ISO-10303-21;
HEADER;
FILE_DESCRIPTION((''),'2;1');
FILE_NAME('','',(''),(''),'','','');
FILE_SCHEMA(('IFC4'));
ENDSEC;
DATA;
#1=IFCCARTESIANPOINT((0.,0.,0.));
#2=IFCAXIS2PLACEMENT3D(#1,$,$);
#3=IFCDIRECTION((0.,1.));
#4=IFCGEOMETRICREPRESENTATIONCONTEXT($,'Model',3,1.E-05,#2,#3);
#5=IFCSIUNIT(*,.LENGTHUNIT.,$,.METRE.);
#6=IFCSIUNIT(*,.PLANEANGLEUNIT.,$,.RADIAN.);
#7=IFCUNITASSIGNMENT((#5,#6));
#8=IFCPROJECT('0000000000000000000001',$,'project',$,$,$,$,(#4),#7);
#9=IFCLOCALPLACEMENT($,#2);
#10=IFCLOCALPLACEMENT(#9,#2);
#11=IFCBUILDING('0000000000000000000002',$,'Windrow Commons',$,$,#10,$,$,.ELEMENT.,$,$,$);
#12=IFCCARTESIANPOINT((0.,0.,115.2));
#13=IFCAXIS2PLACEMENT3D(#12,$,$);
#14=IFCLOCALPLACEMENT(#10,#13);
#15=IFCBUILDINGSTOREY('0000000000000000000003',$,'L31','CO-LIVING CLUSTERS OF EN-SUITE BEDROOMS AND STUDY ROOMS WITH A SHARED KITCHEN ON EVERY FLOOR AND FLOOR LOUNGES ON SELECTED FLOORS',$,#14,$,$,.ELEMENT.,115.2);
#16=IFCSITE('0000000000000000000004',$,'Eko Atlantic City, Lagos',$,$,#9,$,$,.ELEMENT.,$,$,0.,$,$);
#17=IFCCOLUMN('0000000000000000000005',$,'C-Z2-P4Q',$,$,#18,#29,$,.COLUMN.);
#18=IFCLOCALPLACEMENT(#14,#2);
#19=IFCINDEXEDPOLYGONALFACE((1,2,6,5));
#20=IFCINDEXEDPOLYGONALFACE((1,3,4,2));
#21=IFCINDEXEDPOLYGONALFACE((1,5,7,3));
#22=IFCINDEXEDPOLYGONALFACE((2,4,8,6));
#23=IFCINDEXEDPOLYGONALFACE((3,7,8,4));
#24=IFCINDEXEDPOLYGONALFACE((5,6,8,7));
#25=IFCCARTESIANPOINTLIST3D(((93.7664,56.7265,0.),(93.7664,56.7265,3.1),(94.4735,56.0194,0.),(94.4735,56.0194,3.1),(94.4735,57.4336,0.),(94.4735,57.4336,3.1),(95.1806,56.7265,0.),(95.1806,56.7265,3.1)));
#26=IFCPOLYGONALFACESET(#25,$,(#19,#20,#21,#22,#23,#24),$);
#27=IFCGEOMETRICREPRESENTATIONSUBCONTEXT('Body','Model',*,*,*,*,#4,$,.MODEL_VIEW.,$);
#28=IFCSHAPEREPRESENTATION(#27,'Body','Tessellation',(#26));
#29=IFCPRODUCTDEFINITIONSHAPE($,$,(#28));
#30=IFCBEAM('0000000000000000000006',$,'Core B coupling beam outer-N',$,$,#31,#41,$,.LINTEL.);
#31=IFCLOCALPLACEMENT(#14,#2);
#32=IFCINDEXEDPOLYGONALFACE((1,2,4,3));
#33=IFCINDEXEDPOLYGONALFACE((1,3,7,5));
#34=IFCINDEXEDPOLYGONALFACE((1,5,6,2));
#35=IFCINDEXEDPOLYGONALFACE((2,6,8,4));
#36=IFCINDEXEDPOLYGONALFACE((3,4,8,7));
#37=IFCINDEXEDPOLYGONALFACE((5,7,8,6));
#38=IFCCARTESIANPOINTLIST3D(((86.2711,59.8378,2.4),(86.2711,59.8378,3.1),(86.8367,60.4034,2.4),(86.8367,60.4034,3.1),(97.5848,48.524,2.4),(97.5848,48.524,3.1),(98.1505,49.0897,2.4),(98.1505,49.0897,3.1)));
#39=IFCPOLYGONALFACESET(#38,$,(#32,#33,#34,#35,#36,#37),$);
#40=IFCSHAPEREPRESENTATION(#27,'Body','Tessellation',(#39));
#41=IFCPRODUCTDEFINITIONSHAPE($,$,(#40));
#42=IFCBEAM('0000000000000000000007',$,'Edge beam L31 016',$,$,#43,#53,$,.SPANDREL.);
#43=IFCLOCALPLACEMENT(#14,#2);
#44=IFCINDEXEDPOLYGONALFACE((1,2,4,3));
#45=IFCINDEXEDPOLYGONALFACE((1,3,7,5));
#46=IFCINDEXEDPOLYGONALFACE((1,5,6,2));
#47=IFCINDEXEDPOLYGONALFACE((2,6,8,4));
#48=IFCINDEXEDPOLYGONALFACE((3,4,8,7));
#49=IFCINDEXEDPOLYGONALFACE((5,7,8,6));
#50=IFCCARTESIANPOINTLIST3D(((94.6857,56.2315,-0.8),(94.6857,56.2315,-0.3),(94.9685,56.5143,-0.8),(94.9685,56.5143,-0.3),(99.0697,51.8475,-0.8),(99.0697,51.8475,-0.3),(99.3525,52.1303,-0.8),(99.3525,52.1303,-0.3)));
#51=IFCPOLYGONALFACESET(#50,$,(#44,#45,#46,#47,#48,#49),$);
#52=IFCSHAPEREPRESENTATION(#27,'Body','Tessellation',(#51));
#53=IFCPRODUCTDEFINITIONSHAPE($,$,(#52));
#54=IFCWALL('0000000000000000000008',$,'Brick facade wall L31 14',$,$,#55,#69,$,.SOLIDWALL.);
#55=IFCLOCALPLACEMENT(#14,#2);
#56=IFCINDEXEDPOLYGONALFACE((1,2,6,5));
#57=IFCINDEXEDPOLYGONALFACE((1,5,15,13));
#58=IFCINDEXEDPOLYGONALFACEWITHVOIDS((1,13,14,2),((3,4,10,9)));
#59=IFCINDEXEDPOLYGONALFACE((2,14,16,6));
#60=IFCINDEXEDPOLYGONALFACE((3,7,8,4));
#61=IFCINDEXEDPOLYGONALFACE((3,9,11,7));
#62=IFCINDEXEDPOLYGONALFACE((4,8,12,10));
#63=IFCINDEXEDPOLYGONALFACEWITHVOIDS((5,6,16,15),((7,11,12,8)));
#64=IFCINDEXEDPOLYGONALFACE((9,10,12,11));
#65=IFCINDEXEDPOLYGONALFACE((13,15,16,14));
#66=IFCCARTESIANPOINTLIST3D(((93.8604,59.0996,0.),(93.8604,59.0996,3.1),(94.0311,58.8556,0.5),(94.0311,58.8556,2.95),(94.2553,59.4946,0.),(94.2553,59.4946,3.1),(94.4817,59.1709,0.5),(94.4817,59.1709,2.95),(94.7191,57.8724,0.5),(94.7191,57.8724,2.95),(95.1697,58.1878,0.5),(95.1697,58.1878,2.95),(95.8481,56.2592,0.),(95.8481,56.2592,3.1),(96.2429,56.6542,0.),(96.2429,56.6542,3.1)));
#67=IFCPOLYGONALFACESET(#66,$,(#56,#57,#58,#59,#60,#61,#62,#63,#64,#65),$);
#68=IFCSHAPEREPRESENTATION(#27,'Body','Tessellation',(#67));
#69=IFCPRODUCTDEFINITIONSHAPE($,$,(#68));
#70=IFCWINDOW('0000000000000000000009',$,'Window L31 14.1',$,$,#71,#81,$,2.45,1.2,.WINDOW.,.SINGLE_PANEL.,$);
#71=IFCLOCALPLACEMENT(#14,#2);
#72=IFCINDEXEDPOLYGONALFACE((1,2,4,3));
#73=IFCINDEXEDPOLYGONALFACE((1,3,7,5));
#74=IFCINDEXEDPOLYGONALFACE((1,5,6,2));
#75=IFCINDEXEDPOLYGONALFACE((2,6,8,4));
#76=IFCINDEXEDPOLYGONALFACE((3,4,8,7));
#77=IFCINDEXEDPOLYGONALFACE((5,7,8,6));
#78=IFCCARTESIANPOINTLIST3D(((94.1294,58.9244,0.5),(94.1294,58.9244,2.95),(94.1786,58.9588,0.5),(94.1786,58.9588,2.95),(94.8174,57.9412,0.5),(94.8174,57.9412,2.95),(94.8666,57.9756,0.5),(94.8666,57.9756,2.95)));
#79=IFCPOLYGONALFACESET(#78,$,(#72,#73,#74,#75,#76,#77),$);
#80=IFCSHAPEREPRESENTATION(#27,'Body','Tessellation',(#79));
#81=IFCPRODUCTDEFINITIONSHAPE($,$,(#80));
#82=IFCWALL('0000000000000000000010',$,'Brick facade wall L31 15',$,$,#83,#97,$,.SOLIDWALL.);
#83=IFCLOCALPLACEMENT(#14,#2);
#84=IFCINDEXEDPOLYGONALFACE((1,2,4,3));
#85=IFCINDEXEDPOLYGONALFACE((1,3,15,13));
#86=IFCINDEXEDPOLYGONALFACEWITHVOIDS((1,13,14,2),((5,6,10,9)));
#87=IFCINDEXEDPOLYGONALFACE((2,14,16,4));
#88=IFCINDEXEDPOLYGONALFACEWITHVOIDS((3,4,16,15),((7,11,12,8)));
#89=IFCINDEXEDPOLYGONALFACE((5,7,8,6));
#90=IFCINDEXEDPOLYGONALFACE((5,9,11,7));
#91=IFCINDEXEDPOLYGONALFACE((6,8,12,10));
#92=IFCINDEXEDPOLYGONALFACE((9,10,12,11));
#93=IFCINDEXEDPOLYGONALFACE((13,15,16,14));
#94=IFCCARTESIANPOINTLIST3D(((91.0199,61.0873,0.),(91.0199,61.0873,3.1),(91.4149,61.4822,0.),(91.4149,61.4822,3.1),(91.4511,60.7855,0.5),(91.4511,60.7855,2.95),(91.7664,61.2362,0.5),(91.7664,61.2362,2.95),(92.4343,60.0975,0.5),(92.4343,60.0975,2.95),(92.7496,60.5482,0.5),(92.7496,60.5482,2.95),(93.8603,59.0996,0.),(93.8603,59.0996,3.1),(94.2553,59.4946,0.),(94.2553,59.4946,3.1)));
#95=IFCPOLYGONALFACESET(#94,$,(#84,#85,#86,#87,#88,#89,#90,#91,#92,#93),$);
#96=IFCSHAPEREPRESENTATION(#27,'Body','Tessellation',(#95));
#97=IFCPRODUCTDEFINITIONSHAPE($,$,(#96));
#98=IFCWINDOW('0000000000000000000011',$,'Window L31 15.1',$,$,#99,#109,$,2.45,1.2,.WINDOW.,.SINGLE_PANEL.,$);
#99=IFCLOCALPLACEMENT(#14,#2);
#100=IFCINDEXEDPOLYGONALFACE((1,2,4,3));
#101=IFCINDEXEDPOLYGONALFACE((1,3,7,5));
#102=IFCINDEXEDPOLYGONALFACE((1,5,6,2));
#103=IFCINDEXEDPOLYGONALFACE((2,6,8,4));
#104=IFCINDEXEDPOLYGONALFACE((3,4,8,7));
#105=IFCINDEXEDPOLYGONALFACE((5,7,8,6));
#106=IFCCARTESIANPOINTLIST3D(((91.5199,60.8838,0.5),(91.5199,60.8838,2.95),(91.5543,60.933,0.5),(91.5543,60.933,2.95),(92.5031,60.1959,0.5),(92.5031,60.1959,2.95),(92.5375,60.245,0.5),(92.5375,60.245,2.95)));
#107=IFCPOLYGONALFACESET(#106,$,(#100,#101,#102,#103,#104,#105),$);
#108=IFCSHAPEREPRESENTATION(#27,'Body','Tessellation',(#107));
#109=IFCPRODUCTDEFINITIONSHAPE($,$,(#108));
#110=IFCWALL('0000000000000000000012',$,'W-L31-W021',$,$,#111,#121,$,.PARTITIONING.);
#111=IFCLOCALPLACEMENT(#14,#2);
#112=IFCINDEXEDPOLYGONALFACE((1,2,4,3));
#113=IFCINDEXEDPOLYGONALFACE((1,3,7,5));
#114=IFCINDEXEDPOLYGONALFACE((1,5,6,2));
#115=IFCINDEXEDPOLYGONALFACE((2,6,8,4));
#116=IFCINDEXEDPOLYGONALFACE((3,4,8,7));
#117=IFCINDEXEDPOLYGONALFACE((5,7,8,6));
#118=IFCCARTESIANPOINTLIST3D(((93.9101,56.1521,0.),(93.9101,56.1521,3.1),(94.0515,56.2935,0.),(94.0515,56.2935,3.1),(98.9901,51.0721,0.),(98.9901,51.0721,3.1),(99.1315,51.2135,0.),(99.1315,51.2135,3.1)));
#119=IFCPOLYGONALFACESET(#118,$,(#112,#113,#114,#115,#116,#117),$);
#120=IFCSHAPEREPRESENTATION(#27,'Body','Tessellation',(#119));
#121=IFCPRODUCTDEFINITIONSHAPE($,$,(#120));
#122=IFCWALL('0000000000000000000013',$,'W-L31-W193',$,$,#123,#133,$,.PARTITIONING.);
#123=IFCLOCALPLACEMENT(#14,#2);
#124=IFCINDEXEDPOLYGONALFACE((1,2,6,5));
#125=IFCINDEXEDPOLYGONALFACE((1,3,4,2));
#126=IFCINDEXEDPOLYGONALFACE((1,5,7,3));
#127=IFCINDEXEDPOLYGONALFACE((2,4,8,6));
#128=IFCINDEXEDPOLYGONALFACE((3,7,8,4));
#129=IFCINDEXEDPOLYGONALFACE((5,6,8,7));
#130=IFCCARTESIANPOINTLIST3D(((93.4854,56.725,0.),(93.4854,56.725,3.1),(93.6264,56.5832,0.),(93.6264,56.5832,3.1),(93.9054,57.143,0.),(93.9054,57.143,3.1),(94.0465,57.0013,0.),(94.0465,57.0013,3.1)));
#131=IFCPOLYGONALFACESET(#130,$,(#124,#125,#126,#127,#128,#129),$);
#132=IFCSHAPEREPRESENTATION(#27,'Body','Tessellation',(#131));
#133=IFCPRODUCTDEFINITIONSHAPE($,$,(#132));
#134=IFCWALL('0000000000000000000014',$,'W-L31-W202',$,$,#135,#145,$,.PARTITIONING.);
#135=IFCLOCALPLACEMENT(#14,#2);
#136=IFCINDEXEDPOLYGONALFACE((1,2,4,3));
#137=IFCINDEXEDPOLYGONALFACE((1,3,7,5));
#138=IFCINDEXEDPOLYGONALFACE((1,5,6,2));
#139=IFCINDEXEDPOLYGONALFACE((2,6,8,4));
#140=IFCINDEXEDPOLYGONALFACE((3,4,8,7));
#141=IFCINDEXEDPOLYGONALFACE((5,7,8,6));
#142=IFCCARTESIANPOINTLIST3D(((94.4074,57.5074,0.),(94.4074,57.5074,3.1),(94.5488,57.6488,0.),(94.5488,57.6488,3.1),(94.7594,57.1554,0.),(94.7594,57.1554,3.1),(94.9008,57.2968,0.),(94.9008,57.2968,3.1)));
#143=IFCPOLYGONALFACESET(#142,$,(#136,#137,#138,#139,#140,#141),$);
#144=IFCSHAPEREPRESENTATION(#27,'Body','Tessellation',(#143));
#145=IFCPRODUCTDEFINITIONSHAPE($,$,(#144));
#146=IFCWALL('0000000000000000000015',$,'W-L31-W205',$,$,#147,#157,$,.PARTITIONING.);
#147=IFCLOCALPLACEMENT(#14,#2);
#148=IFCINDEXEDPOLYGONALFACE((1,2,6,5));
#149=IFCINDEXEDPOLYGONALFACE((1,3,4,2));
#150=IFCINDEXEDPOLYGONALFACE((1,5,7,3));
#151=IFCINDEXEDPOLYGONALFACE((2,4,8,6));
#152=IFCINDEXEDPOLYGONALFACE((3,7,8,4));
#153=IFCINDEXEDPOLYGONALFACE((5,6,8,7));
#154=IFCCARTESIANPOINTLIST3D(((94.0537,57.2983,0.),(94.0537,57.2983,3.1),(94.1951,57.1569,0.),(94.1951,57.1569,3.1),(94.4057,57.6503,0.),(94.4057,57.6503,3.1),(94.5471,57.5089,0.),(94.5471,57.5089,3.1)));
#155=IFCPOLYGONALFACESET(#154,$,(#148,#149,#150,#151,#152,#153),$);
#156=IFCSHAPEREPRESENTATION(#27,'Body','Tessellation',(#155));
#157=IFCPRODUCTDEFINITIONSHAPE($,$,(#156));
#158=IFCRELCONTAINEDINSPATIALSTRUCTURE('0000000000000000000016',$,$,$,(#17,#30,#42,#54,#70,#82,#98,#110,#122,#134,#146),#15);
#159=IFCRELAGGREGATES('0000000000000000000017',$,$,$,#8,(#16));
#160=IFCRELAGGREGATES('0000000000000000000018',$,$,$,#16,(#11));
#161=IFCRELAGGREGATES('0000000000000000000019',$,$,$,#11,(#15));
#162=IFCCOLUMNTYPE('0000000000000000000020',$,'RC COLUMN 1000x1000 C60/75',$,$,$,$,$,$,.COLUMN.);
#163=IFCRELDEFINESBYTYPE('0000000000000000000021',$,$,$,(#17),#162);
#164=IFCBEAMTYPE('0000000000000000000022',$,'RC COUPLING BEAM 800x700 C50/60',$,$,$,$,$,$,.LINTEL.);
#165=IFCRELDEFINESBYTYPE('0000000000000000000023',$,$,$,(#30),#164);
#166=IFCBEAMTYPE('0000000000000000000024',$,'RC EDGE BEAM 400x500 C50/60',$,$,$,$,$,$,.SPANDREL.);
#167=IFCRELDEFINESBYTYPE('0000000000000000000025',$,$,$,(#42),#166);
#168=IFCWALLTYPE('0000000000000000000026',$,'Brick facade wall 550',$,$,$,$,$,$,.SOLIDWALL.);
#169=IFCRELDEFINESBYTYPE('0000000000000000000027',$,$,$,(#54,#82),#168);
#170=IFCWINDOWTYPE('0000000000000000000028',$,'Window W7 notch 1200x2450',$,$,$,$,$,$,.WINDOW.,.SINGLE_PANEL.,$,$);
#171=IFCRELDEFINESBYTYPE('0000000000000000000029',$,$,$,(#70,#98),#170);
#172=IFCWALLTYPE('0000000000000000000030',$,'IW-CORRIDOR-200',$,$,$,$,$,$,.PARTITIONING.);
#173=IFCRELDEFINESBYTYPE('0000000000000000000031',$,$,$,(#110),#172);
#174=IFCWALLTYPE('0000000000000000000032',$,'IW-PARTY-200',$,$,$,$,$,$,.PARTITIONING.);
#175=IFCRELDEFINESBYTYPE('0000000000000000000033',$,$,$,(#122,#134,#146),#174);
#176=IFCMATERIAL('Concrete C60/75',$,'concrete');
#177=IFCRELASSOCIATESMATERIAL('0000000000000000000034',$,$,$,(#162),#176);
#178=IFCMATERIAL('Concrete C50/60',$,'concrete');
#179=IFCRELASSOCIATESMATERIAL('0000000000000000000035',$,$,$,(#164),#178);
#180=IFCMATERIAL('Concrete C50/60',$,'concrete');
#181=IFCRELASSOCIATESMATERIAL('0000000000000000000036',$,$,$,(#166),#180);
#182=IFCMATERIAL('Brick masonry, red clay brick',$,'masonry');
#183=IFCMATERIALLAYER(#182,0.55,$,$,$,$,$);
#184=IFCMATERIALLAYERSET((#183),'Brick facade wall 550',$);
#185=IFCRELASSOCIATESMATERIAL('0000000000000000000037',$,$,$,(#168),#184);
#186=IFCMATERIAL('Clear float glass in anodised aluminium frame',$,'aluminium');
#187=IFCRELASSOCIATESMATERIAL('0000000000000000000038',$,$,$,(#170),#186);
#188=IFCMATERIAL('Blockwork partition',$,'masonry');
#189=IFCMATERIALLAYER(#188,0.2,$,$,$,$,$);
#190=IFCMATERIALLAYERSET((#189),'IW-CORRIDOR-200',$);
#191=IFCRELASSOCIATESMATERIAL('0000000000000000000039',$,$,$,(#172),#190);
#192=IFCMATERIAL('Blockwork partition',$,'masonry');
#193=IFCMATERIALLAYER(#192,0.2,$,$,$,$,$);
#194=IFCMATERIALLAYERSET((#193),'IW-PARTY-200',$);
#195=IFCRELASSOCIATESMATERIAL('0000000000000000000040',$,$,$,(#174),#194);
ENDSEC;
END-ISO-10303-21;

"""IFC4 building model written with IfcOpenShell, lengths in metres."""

from ifc_helpers import new_model, si_unit, direction, frame, frame_2d, origin, origin_2d, place, context, subcontext, project, spatial, polyline, rectangle, outline, extrude, material, layer, layer_set, material_profile, profile_set, type_object, element, fill, save


model = new_model("IFC4")

# Units and contexts
model_context = context("Model", 3, precision=1e-05, world=origin(), true_north=direction((0.0, 1.0)))
body_context = subcontext(model_context, "Body", "Model", "MODEL_VIEW")
ifc_project = project(units=[si_unit("LENGTHUNIT", "METRE"), si_unit("PLANEANGLEUNIT", "RADIAN")], contexts=[model_context])

# Site, building, storey
site_placement = place(None, origin())
site = spatial("IfcSite", under=ifc_project, at=site_placement, Name="Eko Atlantic City, Lagos", CompositionType="ELEMENT", RefElevation=0.0)
building_placement = place(site_placement, origin())
building = spatial("IfcBuilding", under=site, at=building_placement, Name="Windrow Commons", CompositionType="ELEMENT")
storey_placement = place(building_placement, frame((0.0, 0.0, 115.2)))
storey = spatial("IfcBuildingStorey", under=building, at=storey_placement, Name="L31", Description="CO-LIVING CLUSTERS OF EN-SUITE BEDROOMS AND STUDY ROOMS WITH A SHARED KITCHEN ON EVERY FLOOR AND FLOOR LOUNGES ON SELECTED FLOORS", CompositionType="ELEMENT", Elevation=115.2)

# Column
ifc_material_1 = material(Name="Concrete C60/75", Category="concrete")
ifc_material_profile_1 = material_profile(ifc_material_1, rectangle(XDim=1.0, YDim=1.0, at=origin_2d()))
ifc_profile_set_1 = profile_set([ifc_material_profile_1], Name="Concrete C60/75")
column_type = type_object("IfcColumnType", Name="RC COLUMN 1000x1000 C60/75", PredefinedType="COLUMN", material=ifc_profile_set_1)
column_placement = place(storey_placement, frame((94.4735, 56.7265, 0.0), z_axis=(0.0, 0.0, 1.0), x_axis=(0.707107, -0.707107, 0.0)))
element("IfcColumn", 1, at=column_placement, inside=storey, type_object=column_type, Name="C-Z2-P4Q", PredefinedType="COLUMN", context=body_context, shape_type="SweptSolid", body=[
    extrude(rectangle(XDim=1.0, YDim=1.0, at=origin_2d()), origin(), (0.0, 0.0, 1.0), 3.1),
])

# Beams
ifc_material_2 = material(Name="Concrete C50/60", Category="concrete")
ifc_material_profile_2 = material_profile(ifc_material_2, rectangle(XDim=0.8, YDim=0.7, at=origin_2d()))
ifc_profile_set_2 = profile_set([ifc_material_profile_2], Name="Concrete C50/60")
beam_type_1 = type_object("IfcBeamType", Name="RC COUPLING BEAM 800x700 C50/60", PredefinedType="LINTEL", material=ifc_profile_set_2)
beam_1_placement = place(storey_placement, frame((86.5539, 60.1206, 2.75), z_axis=(0.707107, -0.707107, 0.0), x_axis=(0.707107, 0.707107, 0.0)))
element("IfcBeam", 2, at=beam_1_placement, inside=storey, type_object=beam_type_1, Name="Core B coupling beam outer-N", PredefinedType="LINTEL", context=body_context, shape_type="SweptSolid", body=[
    extrude(rectangle(XDim=0.8, YDim=0.7, at=origin_2d()), origin(), (0.0, 0.0, 1.0), 16.0),
])
ifc_material_3 = material(Name="Concrete C50/60", Category="concrete")
ifc_material_profile_3 = material_profile(ifc_material_3, rectangle(XDim=0.4, YDim=0.5, at=origin_2d()))
ifc_profile_set_3 = profile_set([ifc_material_profile_3], Name="Concrete C50/60")
beam_type_2 = type_object("IfcBeamType", Name="RC EDGE BEAM 400x500 C50/60", PredefinedType="SPANDREL", material=ifc_profile_set_3)
beam_2_placement = place(storey_placement, frame((94.8271, 56.3729, -0.55), z_axis=(0.707107, -0.707107, 0.0), x_axis=(0.707107, 0.707107, 0.0)))
element("IfcBeam", 3, at=beam_2_placement, inside=storey, type_object=beam_type_2, Name="Edge beam L31 016", PredefinedType="SPANDREL", context=body_context, shape_type="SweptSolid", body=[
    extrude(rectangle(XDim=0.4, YDim=0.5, at=origin_2d()), origin(), (0.0, 0.0, 1.0), 6.1999),
])

# Walls, openings, windows
ifc_material_4 = material(Name="Brick masonry, red clay brick", Category="masonry")
ifc_layer_1 = layer(ifc_material_4, 0.55)
ifc_layer_set_1 = layer_set([ifc_layer_1], Name="Brick facade wall 550")
wall_type_1 = type_object("IfcWallType", Name="Brick facade wall 550", PredefinedType="SOLIDWALL", material=ifc_layer_set_1)
wall_1_placement = place(storey_placement, frame((96.0455, 56.4567, 0.0), z_axis=(0.0, 0.0, 1.0), x_axis=(-0.57335, 0.819311, 0.0)))
wall_1 = element("IfcWall", 4, at=wall_1_placement, inside=storey, type_object=wall_type_1, Name="Brick facade wall L31 14", PredefinedType="SOLIDWALL", context=body_context, shape_type="SweptSolid", body=[
    extrude(outline(polyline([(0.0486, -0.275), (3.5154, -0.275), (3.4182, 0.275), (-0.0486, 0.275), (0.0486, -0.275)])), origin(), (0.0, 0.0, 1.0), 3.1),
])
opening_1_placement = place(wall_1_placement, frame((1.9204, 0.0, 0.5)))
opening_1 = element("IfcOpeningElement", 5, at=opening_1_placement, cuts=wall_1, PredefinedType="OPENING", context=body_context, shape_type="SweptSolid", body=[
    extrude(rectangle(XDim=1.2, YDim=2.45, at=frame_2d((0.6, 1.225))), frame((0.0, 0.285, 0.0), z_axis=(0.0, -1.0, 0.0), x_axis=(1.0, 0.0, 0.0)), (0.0, 0.0, 1.0), 0.57),
])
ifc_material_5 = material(Name="Clear float glass in anodised aluminium frame", Category="aluminium")
window_type = type_object("IfcWindowType", Name="Window W7 notch 1200x2450", PartitioningType="SINGLE_PANEL", PredefinedType="WINDOW", material=ifc_material_5)
window_1_placement = place(opening_1_placement, origin())
window_1 = element("IfcWindow", 6, at=window_1_placement, inside=storey, type_object=window_type, Name="Window L31 14.1", OverallHeight=2.45, OverallWidth=1.2, PartitioningType="SINGLE_PANEL", PredefinedType="WINDOW", context=body_context, shape_type="SweptSolid", body=[
    extrude(rectangle(XDim=1.2, YDim=2.45, at=frame_2d((0.6, 1.225))), frame((0.0, 0.155, 0.0), z_axis=(0.0, -1.0, 0.0), x_axis=(1.0, 0.0, 0.0)), (0.0, 0.0, 1.0), 0.06),
])
fill(opening_1, window_1)
wall_2_placement = place(storey_placement, frame((94.0578, 59.2971, 0.0), z_axis=(0.0, 0.0, 1.0), x_axis=(-0.819324, 0.573331, 0.0)))
wall_2 = element("IfcWall", 7, at=wall_2_placement, inside=storey, type_object=wall_type_1, Name="Brick facade wall L31 15", PredefinedType="SOLIDWALL", context=body_context, shape_type="SweptSolid", body=[
    extrude(outline(polyline([(-0.0486, -0.275), (3.4182, -0.275), (3.5154, 0.275), (0.0486, 0.275), (-0.0486, -0.275)])), origin(), (0.0, 0.0, 1.0), 3.1),
])
opening_2_placement = place(wall_2_placement, frame((1.7891, 0.0, 0.5)))
opening_2 = element("IfcOpeningElement", 8, at=opening_2_placement, cuts=wall_2, PredefinedType="OPENING", context=body_context, shape_type="SweptSolid", body=[
    extrude(rectangle(XDim=1.2, YDim=2.45, at=frame_2d((0.6, 1.225))), frame((0.0, 0.285, 0.0), z_axis=(0.0, -1.0, 0.0), x_axis=(1.0, 0.0, 0.0)), (0.0, 0.0, 1.0), 0.57),
])
window_2_placement = place(opening_2_placement, origin())
window_2 = element("IfcWindow", 9, at=window_2_placement, inside=storey, type_object=window_type, Name="Window L31 15.1", OverallHeight=2.45, OverallWidth=1.2, PartitioningType="SINGLE_PANEL", PredefinedType="WINDOW", context=body_context, shape_type="SweptSolid", body=[
    extrude(rectangle(XDim=1.2, YDim=2.45, at=frame_2d((0.6, 1.225))), frame((0.0, 0.155, 0.0), z_axis=(0.0, -1.0, 0.0), x_axis=(1.0, 0.0, 0.0)), (0.0, 0.0, 1.0), 0.06),
])
fill(opening_2, window_2)

# Walls
ifc_material_6 = material(Name="Blockwork partition", Category="masonry")
ifc_layer_2 = layer(ifc_material_6, 0.2)
ifc_layer_set_2 = layer_set([ifc_layer_2], Name="IW-CORRIDOR-200")
wall_type_2 = type_object("IfcWallType", Name="IW-CORRIDOR-200", PredefinedType="PARTITIONING", material=ifc_layer_set_2)
wall_3_placement = place(storey_placement, frame((93.9808, 56.2228, 0.0), z_axis=(0.0, 0.0, 1.0), x_axis=(0.707107, -0.707107, 0.0)))
element("IfcWall", 10, at=wall_3_placement, inside=storey, type_object=wall_type_2, Name="W-L31-W021", PredefinedType="PARTITIONING", context=body_context, shape_type="SweptSolid", body=[
    extrude(rectangle(XDim=7.1842, YDim=0.2, at=frame_2d((3.5921, 0.0))), origin(), (0.0, 0.0, 1.0), 3.1),
])
ifc_material_7 = material(Name="Blockwork partition", Category="masonry")
ifc_layer_3 = layer(ifc_material_7, 0.2)
ifc_layer_set_3 = layer_set([ifc_layer_3], Name="IW-PARTY-200")
wall_type_3 = type_object("IfcWallType", Name="IW-PARTY-200", PredefinedType="PARTITIONING", material=ifc_layer_set_3)
wall_4_placement = place(storey_placement, frame((93.5559, 56.6541, 0.0), z_axis=(0.0, 0.0, 1.0), x_axis=(0.708792, 0.705417, 0.0)))
element("IfcWall", 11, at=wall_4_placement, inside=storey, type_object=wall_type_3, Name="W-L31-W193", PredefinedType="PARTITIONING", context=body_context, shape_type="SweptSolid", body=[
    extrude(rectangle(XDim=0.5926, YDim=0.2, at=frame_2d((0.2963, 0.0))), origin(), (0.0, 0.0, 1.0), 3.1),
])
for number, where, z_axis, x_axis, name in (
    (12, (94.4781, 57.5781, 0.0), (0.0, 0.0, 1.0), (0.707107, -0.707107, 0.0), "W-L31-W202"),
    (13, (94.1244, 57.2276, 0.0), (0.0, 0.0, 1.0), (0.707107, 0.707107, 0.0), "W-L31-W205"),
):
    element("IfcWall", number, at=place(storey_placement, frame(where, z_axis=z_axis, x_axis=x_axis)), inside=storey, type_object=wall_type_3, Name=name, PredefinedType="PARTITIONING", context=body_context, shape_type="SweptSolid", body=[
        extrude(rectangle(XDim=0.4978, YDim=0.2, at=frame_2d((0.2489, 0.0))), origin(), (0.0, 0.0, 1.0), 3.1),
    ])

save(model, "model.ifc")
